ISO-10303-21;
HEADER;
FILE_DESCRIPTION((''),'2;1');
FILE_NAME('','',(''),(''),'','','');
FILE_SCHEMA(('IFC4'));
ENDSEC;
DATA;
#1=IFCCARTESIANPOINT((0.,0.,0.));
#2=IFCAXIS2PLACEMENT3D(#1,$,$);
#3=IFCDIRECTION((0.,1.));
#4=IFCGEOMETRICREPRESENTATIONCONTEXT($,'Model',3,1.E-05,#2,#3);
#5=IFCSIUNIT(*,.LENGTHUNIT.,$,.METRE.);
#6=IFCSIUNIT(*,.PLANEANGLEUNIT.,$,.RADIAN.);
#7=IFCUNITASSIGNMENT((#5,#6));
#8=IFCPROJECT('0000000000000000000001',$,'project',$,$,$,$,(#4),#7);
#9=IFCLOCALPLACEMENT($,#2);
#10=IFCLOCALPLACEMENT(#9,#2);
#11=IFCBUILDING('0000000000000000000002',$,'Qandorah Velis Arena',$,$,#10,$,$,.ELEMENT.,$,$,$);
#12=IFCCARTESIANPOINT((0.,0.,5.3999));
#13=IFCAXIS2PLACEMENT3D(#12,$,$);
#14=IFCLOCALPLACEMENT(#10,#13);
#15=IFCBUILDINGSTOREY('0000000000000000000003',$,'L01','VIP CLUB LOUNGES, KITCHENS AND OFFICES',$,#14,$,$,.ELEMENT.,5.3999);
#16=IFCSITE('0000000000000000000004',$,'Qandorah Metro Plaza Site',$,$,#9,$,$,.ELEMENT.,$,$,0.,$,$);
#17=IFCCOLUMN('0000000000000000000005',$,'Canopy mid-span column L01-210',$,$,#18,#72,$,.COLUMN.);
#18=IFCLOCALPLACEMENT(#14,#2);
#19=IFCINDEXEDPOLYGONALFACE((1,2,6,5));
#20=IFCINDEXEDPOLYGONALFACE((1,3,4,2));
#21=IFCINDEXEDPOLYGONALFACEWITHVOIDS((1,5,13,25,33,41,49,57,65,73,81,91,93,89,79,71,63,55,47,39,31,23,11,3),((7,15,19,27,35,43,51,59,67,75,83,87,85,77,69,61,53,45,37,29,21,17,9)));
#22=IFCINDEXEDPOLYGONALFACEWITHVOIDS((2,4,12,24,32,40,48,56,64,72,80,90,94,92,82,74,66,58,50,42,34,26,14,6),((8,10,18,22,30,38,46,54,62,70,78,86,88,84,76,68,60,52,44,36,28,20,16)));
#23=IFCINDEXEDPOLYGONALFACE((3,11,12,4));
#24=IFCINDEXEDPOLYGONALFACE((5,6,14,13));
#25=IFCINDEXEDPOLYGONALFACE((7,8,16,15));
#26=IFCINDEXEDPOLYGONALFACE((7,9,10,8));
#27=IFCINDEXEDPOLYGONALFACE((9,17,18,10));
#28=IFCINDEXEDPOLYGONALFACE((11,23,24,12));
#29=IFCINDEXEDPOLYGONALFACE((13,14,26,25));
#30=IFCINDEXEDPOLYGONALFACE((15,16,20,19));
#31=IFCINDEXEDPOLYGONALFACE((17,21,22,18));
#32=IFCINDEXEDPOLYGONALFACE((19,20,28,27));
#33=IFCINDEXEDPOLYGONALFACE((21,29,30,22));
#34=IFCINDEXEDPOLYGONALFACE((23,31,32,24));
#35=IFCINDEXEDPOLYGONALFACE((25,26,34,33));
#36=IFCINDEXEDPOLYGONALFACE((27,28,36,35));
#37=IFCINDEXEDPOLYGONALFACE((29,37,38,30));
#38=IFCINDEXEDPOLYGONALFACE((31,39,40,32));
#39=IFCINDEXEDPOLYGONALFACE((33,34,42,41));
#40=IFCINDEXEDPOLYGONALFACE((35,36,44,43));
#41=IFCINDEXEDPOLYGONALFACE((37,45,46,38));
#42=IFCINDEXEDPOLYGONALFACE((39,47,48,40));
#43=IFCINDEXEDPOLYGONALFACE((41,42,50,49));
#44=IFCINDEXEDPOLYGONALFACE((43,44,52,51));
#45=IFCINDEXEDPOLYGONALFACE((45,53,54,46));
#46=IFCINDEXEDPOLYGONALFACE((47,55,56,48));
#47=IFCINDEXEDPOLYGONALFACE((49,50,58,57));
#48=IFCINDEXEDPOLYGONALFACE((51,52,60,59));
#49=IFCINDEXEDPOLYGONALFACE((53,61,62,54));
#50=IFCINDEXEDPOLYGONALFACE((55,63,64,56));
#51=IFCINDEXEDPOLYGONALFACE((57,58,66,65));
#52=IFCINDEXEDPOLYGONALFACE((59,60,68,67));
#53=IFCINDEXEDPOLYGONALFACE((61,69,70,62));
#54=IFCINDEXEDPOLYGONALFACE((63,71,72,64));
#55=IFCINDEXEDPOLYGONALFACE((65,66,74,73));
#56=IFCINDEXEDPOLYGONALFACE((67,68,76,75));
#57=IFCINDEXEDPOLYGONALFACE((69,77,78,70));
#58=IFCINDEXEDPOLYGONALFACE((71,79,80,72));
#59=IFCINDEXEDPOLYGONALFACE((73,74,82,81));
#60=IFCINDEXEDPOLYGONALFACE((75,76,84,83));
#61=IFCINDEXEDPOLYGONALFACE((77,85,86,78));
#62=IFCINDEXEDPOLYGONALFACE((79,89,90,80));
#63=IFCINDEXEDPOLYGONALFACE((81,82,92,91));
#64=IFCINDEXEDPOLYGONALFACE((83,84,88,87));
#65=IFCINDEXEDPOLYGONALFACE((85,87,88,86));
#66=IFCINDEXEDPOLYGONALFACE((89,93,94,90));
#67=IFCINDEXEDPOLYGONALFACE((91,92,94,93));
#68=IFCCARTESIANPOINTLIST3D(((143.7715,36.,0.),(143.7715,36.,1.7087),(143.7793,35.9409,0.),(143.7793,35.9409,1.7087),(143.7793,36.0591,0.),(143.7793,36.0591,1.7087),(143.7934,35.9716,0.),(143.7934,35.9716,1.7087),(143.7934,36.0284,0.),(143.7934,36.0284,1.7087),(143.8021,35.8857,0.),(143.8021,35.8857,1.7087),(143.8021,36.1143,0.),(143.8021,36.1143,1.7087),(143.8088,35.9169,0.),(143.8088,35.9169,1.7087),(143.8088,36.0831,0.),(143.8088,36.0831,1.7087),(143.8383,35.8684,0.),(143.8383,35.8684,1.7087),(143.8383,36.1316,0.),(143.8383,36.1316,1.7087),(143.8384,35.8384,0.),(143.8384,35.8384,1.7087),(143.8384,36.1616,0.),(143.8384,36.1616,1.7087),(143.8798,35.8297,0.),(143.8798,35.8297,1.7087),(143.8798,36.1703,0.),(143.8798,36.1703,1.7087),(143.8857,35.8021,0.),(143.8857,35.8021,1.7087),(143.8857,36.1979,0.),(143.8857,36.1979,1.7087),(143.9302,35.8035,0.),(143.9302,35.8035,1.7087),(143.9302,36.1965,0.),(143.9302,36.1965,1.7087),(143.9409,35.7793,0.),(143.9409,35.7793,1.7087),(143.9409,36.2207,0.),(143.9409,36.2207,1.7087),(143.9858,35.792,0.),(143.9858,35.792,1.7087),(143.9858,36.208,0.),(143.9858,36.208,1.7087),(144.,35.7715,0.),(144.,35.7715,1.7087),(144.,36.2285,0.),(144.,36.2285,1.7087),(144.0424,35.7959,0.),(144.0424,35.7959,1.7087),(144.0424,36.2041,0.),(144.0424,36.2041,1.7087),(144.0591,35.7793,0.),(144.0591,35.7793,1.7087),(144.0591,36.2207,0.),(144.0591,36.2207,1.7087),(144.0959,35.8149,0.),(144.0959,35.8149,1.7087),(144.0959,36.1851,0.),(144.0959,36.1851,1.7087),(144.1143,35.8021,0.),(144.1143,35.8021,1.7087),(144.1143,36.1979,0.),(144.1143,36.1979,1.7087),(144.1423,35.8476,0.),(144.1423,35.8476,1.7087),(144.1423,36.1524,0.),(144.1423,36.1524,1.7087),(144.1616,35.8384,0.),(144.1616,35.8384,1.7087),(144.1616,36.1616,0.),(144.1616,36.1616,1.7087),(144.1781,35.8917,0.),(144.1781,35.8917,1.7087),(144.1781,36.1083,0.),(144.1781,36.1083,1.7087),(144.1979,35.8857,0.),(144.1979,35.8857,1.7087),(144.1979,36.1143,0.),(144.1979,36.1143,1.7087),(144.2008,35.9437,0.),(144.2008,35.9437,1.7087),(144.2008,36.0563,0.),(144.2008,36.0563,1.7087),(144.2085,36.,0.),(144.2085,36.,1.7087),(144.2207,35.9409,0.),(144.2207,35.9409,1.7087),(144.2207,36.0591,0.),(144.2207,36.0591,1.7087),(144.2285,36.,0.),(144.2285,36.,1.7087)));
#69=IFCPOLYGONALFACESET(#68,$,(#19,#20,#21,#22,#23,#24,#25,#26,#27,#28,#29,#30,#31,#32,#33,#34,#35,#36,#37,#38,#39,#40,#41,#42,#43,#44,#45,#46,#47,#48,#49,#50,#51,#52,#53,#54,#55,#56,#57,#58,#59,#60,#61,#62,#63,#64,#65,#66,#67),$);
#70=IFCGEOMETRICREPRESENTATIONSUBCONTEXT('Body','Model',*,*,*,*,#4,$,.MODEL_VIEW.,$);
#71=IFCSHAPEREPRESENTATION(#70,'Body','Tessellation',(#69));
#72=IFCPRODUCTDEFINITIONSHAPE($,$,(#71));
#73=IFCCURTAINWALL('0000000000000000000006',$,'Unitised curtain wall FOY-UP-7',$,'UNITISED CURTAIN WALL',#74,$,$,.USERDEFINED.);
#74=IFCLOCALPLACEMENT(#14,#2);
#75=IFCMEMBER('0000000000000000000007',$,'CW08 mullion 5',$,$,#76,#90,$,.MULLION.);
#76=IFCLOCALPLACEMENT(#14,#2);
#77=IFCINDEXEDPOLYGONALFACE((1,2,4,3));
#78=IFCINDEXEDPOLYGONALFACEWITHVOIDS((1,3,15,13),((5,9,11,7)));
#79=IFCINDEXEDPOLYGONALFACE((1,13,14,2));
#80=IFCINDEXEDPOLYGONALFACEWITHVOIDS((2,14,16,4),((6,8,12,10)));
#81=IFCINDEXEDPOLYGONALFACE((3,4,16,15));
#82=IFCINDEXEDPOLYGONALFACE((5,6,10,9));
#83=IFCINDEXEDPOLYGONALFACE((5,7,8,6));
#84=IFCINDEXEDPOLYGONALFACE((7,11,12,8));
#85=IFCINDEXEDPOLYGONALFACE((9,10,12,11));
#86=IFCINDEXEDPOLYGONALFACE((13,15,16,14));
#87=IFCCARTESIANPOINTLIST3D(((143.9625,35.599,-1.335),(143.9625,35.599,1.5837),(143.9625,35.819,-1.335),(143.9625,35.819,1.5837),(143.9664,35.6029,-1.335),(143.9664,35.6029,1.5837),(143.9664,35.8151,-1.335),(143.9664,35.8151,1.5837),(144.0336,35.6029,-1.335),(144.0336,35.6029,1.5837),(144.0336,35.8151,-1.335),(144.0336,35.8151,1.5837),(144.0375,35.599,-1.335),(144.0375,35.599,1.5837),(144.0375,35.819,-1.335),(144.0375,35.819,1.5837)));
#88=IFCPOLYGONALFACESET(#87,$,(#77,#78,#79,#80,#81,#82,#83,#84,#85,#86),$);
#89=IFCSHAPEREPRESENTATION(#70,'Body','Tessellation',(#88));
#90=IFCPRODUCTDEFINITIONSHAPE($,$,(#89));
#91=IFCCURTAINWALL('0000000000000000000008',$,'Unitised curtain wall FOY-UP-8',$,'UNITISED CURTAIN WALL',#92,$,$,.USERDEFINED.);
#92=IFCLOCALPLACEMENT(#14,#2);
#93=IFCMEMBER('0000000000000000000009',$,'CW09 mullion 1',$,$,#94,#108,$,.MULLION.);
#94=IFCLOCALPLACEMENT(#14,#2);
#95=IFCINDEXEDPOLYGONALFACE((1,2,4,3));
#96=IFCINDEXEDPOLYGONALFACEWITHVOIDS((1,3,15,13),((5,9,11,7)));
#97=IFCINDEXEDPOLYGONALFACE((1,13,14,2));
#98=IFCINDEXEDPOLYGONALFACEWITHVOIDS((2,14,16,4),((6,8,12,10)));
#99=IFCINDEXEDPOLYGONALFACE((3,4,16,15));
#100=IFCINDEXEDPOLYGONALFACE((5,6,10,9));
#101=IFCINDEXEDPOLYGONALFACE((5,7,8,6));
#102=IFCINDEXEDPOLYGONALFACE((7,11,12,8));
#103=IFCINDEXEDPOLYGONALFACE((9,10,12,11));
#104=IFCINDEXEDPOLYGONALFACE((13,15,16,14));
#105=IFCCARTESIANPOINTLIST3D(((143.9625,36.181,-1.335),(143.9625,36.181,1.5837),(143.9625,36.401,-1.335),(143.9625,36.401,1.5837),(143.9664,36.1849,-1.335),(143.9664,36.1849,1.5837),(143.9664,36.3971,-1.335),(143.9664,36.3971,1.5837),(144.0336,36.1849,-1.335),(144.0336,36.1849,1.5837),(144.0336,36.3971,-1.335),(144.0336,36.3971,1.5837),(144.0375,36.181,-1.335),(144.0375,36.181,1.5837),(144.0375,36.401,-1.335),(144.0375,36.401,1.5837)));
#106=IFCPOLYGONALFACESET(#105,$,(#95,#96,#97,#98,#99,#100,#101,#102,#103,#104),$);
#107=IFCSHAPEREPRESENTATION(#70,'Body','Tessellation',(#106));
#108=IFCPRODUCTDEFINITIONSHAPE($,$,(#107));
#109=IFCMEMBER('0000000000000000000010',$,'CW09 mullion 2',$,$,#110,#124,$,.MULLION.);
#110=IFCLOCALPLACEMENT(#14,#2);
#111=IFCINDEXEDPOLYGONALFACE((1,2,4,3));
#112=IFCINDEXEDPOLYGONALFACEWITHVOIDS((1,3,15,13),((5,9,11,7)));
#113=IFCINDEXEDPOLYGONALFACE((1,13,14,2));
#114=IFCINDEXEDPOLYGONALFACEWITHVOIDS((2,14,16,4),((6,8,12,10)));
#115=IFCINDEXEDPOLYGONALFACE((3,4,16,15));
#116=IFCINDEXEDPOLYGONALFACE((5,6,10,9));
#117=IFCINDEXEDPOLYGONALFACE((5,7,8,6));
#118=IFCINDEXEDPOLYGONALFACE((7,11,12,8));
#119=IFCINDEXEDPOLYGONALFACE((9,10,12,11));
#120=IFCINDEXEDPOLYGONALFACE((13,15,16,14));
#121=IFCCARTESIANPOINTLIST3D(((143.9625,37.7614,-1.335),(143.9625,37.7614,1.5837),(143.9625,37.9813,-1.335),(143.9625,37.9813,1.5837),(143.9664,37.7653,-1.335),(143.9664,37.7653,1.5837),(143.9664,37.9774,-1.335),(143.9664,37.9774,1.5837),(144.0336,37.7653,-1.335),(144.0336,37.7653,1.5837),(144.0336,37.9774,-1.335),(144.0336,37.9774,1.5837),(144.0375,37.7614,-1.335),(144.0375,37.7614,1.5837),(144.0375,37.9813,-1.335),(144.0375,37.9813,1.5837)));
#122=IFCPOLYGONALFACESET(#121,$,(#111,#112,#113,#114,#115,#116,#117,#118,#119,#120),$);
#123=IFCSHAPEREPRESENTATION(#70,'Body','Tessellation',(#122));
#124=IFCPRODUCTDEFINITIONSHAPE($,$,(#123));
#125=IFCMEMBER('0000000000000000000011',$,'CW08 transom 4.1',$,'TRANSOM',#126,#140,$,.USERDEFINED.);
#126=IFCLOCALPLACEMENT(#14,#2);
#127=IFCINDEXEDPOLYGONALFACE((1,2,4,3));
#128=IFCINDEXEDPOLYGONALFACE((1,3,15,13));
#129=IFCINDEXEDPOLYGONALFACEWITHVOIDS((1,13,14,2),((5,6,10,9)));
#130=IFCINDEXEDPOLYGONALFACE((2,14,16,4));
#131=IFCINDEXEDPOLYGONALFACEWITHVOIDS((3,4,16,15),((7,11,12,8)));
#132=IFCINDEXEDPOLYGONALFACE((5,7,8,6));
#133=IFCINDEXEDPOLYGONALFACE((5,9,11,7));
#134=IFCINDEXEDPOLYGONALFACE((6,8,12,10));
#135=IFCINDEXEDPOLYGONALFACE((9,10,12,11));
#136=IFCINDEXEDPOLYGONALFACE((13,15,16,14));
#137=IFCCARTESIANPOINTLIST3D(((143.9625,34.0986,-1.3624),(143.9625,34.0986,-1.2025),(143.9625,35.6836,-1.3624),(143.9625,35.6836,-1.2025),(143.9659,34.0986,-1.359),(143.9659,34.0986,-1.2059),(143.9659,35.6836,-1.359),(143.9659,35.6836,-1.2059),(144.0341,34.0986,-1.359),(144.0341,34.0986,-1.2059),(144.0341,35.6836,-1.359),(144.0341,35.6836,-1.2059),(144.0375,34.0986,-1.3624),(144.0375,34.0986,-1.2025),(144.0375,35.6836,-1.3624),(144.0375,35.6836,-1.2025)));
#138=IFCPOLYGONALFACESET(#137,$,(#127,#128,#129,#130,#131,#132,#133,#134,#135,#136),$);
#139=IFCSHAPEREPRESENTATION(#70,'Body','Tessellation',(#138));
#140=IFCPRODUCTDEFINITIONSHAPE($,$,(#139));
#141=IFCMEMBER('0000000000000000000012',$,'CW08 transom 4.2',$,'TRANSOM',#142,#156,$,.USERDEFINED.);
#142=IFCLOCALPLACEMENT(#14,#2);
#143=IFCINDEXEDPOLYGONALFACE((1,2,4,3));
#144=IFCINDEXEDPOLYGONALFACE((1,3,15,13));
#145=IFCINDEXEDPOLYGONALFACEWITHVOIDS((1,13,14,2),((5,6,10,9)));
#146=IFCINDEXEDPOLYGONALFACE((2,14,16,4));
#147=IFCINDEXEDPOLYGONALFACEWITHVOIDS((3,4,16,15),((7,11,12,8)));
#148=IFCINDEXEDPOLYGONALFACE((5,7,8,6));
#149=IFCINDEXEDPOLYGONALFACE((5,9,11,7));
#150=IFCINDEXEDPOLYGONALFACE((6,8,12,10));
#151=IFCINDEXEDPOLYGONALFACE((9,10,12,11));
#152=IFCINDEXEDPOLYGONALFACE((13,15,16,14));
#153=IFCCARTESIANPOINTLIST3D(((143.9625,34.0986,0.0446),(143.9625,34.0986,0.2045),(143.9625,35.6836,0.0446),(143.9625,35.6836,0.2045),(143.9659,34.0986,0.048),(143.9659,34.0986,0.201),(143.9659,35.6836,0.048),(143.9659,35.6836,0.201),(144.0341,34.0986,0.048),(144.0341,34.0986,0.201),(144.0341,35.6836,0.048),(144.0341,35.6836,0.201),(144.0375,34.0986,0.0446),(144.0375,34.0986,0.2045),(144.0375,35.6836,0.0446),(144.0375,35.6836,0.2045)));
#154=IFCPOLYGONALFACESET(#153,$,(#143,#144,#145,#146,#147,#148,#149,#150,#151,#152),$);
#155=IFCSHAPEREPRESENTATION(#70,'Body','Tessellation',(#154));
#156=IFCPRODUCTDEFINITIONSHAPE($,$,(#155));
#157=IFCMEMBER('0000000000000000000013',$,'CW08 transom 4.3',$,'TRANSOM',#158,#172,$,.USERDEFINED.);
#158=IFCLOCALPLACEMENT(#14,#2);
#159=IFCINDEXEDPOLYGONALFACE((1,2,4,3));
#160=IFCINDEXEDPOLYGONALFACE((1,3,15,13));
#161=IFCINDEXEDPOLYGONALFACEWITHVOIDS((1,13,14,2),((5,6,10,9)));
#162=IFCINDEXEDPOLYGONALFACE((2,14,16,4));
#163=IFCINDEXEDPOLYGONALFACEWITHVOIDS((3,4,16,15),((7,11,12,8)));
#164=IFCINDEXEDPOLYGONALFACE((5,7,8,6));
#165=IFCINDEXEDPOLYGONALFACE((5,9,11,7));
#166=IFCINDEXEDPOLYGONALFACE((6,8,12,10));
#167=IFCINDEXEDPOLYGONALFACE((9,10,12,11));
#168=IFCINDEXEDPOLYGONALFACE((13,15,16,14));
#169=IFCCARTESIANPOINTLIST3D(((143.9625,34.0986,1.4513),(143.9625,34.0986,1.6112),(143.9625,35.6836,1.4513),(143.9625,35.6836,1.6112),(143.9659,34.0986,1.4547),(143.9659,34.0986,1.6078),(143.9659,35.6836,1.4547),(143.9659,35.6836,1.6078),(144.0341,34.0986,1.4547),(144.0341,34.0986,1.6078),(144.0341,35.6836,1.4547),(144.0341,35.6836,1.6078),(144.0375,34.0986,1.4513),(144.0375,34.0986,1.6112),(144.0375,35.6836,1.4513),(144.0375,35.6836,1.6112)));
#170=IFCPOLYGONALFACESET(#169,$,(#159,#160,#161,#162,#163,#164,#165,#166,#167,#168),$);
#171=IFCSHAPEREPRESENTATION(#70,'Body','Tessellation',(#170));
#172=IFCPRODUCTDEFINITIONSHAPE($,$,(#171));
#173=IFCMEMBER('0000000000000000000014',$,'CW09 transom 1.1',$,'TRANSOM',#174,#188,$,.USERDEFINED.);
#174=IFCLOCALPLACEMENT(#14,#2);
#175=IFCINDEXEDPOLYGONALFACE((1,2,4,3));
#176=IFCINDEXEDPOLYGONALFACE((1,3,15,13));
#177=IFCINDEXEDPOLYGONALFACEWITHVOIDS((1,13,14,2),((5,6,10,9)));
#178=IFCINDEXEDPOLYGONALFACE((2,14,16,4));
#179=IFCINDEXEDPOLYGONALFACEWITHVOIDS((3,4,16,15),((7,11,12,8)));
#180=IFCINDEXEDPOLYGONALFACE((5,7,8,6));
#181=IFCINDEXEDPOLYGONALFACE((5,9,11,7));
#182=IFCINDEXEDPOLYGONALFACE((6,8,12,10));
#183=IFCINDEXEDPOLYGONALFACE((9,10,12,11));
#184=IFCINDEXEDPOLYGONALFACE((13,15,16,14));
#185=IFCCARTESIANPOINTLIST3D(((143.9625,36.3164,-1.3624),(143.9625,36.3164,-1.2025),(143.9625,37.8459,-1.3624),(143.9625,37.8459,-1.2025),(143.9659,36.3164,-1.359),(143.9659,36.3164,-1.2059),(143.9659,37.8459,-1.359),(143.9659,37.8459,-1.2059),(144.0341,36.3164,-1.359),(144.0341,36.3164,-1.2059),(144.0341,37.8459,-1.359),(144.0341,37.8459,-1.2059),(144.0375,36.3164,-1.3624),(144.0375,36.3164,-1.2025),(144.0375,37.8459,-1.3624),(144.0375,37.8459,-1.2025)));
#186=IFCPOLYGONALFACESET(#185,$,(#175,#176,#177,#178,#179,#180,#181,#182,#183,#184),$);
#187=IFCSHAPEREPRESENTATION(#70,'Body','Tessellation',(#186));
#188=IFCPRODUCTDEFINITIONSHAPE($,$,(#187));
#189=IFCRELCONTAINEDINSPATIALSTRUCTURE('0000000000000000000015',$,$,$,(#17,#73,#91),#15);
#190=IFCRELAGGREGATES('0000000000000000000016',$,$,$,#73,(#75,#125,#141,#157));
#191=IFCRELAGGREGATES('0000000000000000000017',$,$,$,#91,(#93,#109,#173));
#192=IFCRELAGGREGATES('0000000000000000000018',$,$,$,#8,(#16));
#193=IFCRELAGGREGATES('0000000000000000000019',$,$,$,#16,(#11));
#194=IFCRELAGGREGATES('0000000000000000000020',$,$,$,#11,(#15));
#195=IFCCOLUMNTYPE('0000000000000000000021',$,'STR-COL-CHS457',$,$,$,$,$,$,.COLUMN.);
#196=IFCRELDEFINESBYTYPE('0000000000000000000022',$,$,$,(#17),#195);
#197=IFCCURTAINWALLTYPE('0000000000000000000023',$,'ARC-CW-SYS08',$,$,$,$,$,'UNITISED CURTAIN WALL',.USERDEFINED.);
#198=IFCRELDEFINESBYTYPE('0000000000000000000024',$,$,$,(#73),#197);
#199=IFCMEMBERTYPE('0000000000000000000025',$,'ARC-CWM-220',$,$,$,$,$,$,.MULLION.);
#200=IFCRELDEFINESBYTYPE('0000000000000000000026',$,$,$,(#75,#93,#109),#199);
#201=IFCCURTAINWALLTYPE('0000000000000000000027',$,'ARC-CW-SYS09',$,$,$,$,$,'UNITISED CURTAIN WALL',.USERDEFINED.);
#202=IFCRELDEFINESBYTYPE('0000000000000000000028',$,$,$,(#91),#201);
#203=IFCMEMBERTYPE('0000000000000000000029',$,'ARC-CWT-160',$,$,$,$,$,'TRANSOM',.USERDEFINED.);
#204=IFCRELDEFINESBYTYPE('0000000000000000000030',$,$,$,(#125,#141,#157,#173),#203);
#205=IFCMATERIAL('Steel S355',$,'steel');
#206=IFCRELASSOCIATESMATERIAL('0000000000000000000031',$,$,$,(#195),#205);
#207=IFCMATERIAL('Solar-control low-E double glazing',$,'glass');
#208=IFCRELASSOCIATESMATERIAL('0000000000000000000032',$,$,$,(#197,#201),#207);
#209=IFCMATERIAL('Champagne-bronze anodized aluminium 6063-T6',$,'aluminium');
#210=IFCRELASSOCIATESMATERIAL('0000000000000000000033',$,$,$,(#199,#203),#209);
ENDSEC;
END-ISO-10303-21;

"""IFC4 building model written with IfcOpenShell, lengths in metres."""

from ifc_helpers import new_model, si_unit, direction, frame, origin, origin_2d, place, context, subcontext, project, spatial, hollow_rectangle, hollow_circle, extrude, material, material_profile, profile_set, type_object, element, aggregate, save


model = new_model("IFC4")

# Units and contexts
model_context = context("Model", 3, precision=1e-05, world=origin(), true_north=direction((0.0, 1.0)))
body_context = subcontext(model_context, "Body", "Model", "MODEL_VIEW")
ifc_project = project(units=[si_unit("LENGTHUNIT", "METRE"), si_unit("PLANEANGLEUNIT", "RADIAN")], contexts=[model_context])

# Site, building, storey
site_placement = place(None, origin())
site = spatial("IfcSite", under=ifc_project, at=site_placement, Name="Qandorah Metro Plaza Site", CompositionType="ELEMENT", RefElevation=0.0)
building_placement = place(site_placement, origin())
building = spatial("IfcBuilding", under=site, at=building_placement, Name="Qandorah Velis Arena", CompositionType="ELEMENT")
storey_placement = place(building_placement, frame((0.0, 0.0, 5.3999)))
storey = spatial("IfcBuildingStorey", under=building, at=storey_placement, Name="L01", Description="VIP CLUB LOUNGES, KITCHENS AND OFFICES", CompositionType="ELEMENT", Elevation=5.3999)

# Column
ifc_material_1 = material(Name="Steel S355", Category="steel")
ifc_material_profile_1 = material_profile(ifc_material_1, hollow_circle(Radius=0.2285, WallThickness=0.02, at=origin_2d()), Name="CHS 457x20")
ifc_profile_set_1 = profile_set([ifc_material_profile_1], Name="Steel S355")
column_type = type_object("IfcColumnType", Name="STR-COL-CHS457", PredefinedType="COLUMN", material=ifc_profile_set_1)
column_placement = place(storey_placement, frame((144.0, 36.0, 0.0), z_axis=(0.0, 0.0, 1.0), x_axis=(1.0, 0.0, 0.0)))
element("IfcColumn", 1, at=column_placement, inside=storey, type_object=column_type, Name="Canopy mid-span column L01-210", PredefinedType="COLUMN", context=body_context, shape_type="SweptSolid", body=[
    extrude(hollow_circle(Radius=0.2285, WallThickness=0.02, at=origin_2d()), origin(), (0.0, 0.0, 1.0), 1.7087),
])

# Curtain wall, member
ifc_material_2 = material(Name="Solar-control low-E double glazing", Category="glass")
curtain_wall_type_1 = type_object("IfcCurtainWallType", Name="ARC-CW-SYS08", ElementType="UNITISED CURTAIN WALL", PredefinedType="USERDEFINED", material=ifc_material_2)
curtain_wall_1_placement = place(storey_placement, origin())
curtain_wall_1 = element("IfcCurtainWall", 2, at=curtain_wall_1_placement, inside=storey, type_object=curtain_wall_type_1, Name="Unitised curtain wall FOY-UP-7", ObjectType="UNITISED CURTAIN WALL", PredefinedType="USERDEFINED")
ifc_material_3 = material(Name="Champagne-bronze anodized aluminium 6063-T6", Category="aluminium")
ifc_material_profile_2 = material_profile(ifc_material_3, hollow_rectangle(XDim=0.075, YDim=0.22, WallThickness=0.0039, at=origin_2d()), Name="ALU MULLION 75x220")
ifc_profile_set_2 = profile_set([ifc_material_profile_2], Name="Champagne-bronze anodized aluminium 6063-T6")
member_type_1 = type_object("IfcMemberType", Name="ARC-CWM-220", PredefinedType="MULLION", material=ifc_profile_set_2)
member_1_placement = place(storey_placement, frame((144.0, 35.709, -1.335), z_axis=(0.0, 0.0, 1.0), x_axis=(-1.0, 0.0, 0.0)))
member_1 = element("IfcMember", 3, at=member_1_placement, type_object=member_type_1, Name="CW08 mullion 5", PredefinedType="MULLION", context=body_context, shape_type="SweptSolid", body=[
    extrude(hollow_rectangle(XDim=0.075, YDim=0.22, WallThickness=0.0039, at=origin_2d()), origin(), (0.0, 0.0, 1.0), 2.9187),
])

# Curtain wall, members
curtain_wall_type_2 = type_object("IfcCurtainWallType", Name="ARC-CW-SYS09", ElementType="UNITISED CURTAIN WALL", PredefinedType="USERDEFINED", material=ifc_material_2)
curtain_wall_2_placement = place(storey_placement, origin())
curtain_wall_2 = element("IfcCurtainWall", 4, at=curtain_wall_2_placement, inside=storey, type_object=curtain_wall_type_2, Name="Unitised curtain wall FOY-UP-8", ObjectType="UNITISED CURTAIN WALL", PredefinedType="USERDEFINED")
member_2_placement = place(storey_placement, frame((144.0, 36.291, -1.335), z_axis=(0.0, 0.0, 1.0), x_axis=(-1.0, 0.0, 0.0)))
member_2 = element("IfcMember", 5, at=member_2_placement, type_object=member_type_1, Name="CW09 mullion 1", PredefinedType="MULLION", context=body_context, shape_type="SweptSolid", body=[
    extrude(hollow_rectangle(XDim=0.075, YDim=0.22, WallThickness=0.0039, at=origin_2d()), origin(), (0.0, 0.0, 1.0), 2.9187),
])
member_3_placement = place(storey_placement, frame((144.0, 37.8713, -1.335), z_axis=(0.0, 0.0, 1.0), x_axis=(-1.0, 0.0, 0.0)))
member_3 = element("IfcMember", 6, at=member_3_placement, type_object=member_type_1, Name="CW09 mullion 2", PredefinedType="MULLION", context=body_context, shape_type="SweptSolid", body=[
    extrude(hollow_rectangle(XDim=0.075, YDim=0.22, WallThickness=0.0039, at=origin_2d()), origin(), (0.0, 0.0, 1.0), 2.9187),
])

# Members
ifc_material_profile_3 = material_profile(ifc_material_3, hollow_rectangle(XDim=0.075, YDim=0.1599, WallThickness=0.0034, at=origin_2d()), Name="ALU TRANSOM 75x160")
ifc_profile_set_3 = profile_set([ifc_material_profile_3], Name="Champagne-bronze anodized aluminium 6063-T6")
member_type_2 = type_object("IfcMemberType", Name="ARC-CWT-160", ElementType="TRANSOM", PredefinedType="USERDEFINED", material=ifc_profile_set_3)
member_4_placement = place(storey_placement, frame((144.0, 34.0986, -1.2825), z_axis=(0.0, 1.0, 0.0), x_axis=(-1.0, 0.0, 0.0)))
member_4 = element("IfcMember", 7, at=member_4_placement, type_object=member_type_2, Name="CW08 transom 4.1", ObjectType="TRANSOM", PredefinedType="USERDEFINED", context=body_context, shape_type="SweptSolid", body=[
    extrude(hollow_rectangle(XDim=0.075, YDim=0.1599, WallThickness=0.0034, at=origin_2d()), origin(), (0.0, 0.0, 1.0), 1.585),
])
member_5_placement = place(storey_placement, frame((144.0, 34.0986, 0.1245), z_axis=(0.0, 1.0, 0.0), x_axis=(-1.0, 0.0, 0.0)))
member_5 = element("IfcMember", 8, at=member_5_placement, type_object=member_type_2, Name="CW08 transom 4.2", ObjectType="TRANSOM", PredefinedType="USERDEFINED", context=body_context, shape_type="SweptSolid", body=[
    extrude(hollow_rectangle(XDim=0.075, YDim=0.1599, WallThickness=0.0034, at=origin_2d()), origin(), (0.0, 0.0, 1.0), 1.585),
])
member_6_placement = place(storey_placement, frame((144.0, 34.0986, 1.5312), z_axis=(0.0, 1.0, 0.0), x_axis=(-1.0, 0.0, 0.0)))
member_6 = element("IfcMember", 9, at=member_6_placement, type_object=member_type_2, Name="CW08 transom 4.3", ObjectType="TRANSOM", PredefinedType="USERDEFINED", context=body_context, shape_type="SweptSolid", body=[
    extrude(hollow_rectangle(XDim=0.075, YDim=0.1599, WallThickness=0.0034, at=origin_2d()), origin(), (0.0, 0.0, 1.0), 1.585),
])
member_7_placement = place(storey_placement, frame((144.0, 36.3164, -1.2825), z_axis=(0.0, 1.0, 0.0), x_axis=(-1.0, 0.0, 0.0)))
member_7 = element("IfcMember", 10, at=member_7_placement, type_object=member_type_2, Name="CW09 transom 1.1", ObjectType="TRANSOM", PredefinedType="USERDEFINED", context=body_context, shape_type="SweptSolid", body=[
    extrude(hollow_rectangle(XDim=0.075, YDim=0.1599, WallThickness=0.0034, at=origin_2d()), origin(), (0.0, 0.0, 1.0), 1.5295),
])

aggregate(curtain_wall_1, [member_1, member_4, member_5, member_6])
aggregate(curtain_wall_2, [member_2, member_3, member_7])

save(model, "model.ifc")
